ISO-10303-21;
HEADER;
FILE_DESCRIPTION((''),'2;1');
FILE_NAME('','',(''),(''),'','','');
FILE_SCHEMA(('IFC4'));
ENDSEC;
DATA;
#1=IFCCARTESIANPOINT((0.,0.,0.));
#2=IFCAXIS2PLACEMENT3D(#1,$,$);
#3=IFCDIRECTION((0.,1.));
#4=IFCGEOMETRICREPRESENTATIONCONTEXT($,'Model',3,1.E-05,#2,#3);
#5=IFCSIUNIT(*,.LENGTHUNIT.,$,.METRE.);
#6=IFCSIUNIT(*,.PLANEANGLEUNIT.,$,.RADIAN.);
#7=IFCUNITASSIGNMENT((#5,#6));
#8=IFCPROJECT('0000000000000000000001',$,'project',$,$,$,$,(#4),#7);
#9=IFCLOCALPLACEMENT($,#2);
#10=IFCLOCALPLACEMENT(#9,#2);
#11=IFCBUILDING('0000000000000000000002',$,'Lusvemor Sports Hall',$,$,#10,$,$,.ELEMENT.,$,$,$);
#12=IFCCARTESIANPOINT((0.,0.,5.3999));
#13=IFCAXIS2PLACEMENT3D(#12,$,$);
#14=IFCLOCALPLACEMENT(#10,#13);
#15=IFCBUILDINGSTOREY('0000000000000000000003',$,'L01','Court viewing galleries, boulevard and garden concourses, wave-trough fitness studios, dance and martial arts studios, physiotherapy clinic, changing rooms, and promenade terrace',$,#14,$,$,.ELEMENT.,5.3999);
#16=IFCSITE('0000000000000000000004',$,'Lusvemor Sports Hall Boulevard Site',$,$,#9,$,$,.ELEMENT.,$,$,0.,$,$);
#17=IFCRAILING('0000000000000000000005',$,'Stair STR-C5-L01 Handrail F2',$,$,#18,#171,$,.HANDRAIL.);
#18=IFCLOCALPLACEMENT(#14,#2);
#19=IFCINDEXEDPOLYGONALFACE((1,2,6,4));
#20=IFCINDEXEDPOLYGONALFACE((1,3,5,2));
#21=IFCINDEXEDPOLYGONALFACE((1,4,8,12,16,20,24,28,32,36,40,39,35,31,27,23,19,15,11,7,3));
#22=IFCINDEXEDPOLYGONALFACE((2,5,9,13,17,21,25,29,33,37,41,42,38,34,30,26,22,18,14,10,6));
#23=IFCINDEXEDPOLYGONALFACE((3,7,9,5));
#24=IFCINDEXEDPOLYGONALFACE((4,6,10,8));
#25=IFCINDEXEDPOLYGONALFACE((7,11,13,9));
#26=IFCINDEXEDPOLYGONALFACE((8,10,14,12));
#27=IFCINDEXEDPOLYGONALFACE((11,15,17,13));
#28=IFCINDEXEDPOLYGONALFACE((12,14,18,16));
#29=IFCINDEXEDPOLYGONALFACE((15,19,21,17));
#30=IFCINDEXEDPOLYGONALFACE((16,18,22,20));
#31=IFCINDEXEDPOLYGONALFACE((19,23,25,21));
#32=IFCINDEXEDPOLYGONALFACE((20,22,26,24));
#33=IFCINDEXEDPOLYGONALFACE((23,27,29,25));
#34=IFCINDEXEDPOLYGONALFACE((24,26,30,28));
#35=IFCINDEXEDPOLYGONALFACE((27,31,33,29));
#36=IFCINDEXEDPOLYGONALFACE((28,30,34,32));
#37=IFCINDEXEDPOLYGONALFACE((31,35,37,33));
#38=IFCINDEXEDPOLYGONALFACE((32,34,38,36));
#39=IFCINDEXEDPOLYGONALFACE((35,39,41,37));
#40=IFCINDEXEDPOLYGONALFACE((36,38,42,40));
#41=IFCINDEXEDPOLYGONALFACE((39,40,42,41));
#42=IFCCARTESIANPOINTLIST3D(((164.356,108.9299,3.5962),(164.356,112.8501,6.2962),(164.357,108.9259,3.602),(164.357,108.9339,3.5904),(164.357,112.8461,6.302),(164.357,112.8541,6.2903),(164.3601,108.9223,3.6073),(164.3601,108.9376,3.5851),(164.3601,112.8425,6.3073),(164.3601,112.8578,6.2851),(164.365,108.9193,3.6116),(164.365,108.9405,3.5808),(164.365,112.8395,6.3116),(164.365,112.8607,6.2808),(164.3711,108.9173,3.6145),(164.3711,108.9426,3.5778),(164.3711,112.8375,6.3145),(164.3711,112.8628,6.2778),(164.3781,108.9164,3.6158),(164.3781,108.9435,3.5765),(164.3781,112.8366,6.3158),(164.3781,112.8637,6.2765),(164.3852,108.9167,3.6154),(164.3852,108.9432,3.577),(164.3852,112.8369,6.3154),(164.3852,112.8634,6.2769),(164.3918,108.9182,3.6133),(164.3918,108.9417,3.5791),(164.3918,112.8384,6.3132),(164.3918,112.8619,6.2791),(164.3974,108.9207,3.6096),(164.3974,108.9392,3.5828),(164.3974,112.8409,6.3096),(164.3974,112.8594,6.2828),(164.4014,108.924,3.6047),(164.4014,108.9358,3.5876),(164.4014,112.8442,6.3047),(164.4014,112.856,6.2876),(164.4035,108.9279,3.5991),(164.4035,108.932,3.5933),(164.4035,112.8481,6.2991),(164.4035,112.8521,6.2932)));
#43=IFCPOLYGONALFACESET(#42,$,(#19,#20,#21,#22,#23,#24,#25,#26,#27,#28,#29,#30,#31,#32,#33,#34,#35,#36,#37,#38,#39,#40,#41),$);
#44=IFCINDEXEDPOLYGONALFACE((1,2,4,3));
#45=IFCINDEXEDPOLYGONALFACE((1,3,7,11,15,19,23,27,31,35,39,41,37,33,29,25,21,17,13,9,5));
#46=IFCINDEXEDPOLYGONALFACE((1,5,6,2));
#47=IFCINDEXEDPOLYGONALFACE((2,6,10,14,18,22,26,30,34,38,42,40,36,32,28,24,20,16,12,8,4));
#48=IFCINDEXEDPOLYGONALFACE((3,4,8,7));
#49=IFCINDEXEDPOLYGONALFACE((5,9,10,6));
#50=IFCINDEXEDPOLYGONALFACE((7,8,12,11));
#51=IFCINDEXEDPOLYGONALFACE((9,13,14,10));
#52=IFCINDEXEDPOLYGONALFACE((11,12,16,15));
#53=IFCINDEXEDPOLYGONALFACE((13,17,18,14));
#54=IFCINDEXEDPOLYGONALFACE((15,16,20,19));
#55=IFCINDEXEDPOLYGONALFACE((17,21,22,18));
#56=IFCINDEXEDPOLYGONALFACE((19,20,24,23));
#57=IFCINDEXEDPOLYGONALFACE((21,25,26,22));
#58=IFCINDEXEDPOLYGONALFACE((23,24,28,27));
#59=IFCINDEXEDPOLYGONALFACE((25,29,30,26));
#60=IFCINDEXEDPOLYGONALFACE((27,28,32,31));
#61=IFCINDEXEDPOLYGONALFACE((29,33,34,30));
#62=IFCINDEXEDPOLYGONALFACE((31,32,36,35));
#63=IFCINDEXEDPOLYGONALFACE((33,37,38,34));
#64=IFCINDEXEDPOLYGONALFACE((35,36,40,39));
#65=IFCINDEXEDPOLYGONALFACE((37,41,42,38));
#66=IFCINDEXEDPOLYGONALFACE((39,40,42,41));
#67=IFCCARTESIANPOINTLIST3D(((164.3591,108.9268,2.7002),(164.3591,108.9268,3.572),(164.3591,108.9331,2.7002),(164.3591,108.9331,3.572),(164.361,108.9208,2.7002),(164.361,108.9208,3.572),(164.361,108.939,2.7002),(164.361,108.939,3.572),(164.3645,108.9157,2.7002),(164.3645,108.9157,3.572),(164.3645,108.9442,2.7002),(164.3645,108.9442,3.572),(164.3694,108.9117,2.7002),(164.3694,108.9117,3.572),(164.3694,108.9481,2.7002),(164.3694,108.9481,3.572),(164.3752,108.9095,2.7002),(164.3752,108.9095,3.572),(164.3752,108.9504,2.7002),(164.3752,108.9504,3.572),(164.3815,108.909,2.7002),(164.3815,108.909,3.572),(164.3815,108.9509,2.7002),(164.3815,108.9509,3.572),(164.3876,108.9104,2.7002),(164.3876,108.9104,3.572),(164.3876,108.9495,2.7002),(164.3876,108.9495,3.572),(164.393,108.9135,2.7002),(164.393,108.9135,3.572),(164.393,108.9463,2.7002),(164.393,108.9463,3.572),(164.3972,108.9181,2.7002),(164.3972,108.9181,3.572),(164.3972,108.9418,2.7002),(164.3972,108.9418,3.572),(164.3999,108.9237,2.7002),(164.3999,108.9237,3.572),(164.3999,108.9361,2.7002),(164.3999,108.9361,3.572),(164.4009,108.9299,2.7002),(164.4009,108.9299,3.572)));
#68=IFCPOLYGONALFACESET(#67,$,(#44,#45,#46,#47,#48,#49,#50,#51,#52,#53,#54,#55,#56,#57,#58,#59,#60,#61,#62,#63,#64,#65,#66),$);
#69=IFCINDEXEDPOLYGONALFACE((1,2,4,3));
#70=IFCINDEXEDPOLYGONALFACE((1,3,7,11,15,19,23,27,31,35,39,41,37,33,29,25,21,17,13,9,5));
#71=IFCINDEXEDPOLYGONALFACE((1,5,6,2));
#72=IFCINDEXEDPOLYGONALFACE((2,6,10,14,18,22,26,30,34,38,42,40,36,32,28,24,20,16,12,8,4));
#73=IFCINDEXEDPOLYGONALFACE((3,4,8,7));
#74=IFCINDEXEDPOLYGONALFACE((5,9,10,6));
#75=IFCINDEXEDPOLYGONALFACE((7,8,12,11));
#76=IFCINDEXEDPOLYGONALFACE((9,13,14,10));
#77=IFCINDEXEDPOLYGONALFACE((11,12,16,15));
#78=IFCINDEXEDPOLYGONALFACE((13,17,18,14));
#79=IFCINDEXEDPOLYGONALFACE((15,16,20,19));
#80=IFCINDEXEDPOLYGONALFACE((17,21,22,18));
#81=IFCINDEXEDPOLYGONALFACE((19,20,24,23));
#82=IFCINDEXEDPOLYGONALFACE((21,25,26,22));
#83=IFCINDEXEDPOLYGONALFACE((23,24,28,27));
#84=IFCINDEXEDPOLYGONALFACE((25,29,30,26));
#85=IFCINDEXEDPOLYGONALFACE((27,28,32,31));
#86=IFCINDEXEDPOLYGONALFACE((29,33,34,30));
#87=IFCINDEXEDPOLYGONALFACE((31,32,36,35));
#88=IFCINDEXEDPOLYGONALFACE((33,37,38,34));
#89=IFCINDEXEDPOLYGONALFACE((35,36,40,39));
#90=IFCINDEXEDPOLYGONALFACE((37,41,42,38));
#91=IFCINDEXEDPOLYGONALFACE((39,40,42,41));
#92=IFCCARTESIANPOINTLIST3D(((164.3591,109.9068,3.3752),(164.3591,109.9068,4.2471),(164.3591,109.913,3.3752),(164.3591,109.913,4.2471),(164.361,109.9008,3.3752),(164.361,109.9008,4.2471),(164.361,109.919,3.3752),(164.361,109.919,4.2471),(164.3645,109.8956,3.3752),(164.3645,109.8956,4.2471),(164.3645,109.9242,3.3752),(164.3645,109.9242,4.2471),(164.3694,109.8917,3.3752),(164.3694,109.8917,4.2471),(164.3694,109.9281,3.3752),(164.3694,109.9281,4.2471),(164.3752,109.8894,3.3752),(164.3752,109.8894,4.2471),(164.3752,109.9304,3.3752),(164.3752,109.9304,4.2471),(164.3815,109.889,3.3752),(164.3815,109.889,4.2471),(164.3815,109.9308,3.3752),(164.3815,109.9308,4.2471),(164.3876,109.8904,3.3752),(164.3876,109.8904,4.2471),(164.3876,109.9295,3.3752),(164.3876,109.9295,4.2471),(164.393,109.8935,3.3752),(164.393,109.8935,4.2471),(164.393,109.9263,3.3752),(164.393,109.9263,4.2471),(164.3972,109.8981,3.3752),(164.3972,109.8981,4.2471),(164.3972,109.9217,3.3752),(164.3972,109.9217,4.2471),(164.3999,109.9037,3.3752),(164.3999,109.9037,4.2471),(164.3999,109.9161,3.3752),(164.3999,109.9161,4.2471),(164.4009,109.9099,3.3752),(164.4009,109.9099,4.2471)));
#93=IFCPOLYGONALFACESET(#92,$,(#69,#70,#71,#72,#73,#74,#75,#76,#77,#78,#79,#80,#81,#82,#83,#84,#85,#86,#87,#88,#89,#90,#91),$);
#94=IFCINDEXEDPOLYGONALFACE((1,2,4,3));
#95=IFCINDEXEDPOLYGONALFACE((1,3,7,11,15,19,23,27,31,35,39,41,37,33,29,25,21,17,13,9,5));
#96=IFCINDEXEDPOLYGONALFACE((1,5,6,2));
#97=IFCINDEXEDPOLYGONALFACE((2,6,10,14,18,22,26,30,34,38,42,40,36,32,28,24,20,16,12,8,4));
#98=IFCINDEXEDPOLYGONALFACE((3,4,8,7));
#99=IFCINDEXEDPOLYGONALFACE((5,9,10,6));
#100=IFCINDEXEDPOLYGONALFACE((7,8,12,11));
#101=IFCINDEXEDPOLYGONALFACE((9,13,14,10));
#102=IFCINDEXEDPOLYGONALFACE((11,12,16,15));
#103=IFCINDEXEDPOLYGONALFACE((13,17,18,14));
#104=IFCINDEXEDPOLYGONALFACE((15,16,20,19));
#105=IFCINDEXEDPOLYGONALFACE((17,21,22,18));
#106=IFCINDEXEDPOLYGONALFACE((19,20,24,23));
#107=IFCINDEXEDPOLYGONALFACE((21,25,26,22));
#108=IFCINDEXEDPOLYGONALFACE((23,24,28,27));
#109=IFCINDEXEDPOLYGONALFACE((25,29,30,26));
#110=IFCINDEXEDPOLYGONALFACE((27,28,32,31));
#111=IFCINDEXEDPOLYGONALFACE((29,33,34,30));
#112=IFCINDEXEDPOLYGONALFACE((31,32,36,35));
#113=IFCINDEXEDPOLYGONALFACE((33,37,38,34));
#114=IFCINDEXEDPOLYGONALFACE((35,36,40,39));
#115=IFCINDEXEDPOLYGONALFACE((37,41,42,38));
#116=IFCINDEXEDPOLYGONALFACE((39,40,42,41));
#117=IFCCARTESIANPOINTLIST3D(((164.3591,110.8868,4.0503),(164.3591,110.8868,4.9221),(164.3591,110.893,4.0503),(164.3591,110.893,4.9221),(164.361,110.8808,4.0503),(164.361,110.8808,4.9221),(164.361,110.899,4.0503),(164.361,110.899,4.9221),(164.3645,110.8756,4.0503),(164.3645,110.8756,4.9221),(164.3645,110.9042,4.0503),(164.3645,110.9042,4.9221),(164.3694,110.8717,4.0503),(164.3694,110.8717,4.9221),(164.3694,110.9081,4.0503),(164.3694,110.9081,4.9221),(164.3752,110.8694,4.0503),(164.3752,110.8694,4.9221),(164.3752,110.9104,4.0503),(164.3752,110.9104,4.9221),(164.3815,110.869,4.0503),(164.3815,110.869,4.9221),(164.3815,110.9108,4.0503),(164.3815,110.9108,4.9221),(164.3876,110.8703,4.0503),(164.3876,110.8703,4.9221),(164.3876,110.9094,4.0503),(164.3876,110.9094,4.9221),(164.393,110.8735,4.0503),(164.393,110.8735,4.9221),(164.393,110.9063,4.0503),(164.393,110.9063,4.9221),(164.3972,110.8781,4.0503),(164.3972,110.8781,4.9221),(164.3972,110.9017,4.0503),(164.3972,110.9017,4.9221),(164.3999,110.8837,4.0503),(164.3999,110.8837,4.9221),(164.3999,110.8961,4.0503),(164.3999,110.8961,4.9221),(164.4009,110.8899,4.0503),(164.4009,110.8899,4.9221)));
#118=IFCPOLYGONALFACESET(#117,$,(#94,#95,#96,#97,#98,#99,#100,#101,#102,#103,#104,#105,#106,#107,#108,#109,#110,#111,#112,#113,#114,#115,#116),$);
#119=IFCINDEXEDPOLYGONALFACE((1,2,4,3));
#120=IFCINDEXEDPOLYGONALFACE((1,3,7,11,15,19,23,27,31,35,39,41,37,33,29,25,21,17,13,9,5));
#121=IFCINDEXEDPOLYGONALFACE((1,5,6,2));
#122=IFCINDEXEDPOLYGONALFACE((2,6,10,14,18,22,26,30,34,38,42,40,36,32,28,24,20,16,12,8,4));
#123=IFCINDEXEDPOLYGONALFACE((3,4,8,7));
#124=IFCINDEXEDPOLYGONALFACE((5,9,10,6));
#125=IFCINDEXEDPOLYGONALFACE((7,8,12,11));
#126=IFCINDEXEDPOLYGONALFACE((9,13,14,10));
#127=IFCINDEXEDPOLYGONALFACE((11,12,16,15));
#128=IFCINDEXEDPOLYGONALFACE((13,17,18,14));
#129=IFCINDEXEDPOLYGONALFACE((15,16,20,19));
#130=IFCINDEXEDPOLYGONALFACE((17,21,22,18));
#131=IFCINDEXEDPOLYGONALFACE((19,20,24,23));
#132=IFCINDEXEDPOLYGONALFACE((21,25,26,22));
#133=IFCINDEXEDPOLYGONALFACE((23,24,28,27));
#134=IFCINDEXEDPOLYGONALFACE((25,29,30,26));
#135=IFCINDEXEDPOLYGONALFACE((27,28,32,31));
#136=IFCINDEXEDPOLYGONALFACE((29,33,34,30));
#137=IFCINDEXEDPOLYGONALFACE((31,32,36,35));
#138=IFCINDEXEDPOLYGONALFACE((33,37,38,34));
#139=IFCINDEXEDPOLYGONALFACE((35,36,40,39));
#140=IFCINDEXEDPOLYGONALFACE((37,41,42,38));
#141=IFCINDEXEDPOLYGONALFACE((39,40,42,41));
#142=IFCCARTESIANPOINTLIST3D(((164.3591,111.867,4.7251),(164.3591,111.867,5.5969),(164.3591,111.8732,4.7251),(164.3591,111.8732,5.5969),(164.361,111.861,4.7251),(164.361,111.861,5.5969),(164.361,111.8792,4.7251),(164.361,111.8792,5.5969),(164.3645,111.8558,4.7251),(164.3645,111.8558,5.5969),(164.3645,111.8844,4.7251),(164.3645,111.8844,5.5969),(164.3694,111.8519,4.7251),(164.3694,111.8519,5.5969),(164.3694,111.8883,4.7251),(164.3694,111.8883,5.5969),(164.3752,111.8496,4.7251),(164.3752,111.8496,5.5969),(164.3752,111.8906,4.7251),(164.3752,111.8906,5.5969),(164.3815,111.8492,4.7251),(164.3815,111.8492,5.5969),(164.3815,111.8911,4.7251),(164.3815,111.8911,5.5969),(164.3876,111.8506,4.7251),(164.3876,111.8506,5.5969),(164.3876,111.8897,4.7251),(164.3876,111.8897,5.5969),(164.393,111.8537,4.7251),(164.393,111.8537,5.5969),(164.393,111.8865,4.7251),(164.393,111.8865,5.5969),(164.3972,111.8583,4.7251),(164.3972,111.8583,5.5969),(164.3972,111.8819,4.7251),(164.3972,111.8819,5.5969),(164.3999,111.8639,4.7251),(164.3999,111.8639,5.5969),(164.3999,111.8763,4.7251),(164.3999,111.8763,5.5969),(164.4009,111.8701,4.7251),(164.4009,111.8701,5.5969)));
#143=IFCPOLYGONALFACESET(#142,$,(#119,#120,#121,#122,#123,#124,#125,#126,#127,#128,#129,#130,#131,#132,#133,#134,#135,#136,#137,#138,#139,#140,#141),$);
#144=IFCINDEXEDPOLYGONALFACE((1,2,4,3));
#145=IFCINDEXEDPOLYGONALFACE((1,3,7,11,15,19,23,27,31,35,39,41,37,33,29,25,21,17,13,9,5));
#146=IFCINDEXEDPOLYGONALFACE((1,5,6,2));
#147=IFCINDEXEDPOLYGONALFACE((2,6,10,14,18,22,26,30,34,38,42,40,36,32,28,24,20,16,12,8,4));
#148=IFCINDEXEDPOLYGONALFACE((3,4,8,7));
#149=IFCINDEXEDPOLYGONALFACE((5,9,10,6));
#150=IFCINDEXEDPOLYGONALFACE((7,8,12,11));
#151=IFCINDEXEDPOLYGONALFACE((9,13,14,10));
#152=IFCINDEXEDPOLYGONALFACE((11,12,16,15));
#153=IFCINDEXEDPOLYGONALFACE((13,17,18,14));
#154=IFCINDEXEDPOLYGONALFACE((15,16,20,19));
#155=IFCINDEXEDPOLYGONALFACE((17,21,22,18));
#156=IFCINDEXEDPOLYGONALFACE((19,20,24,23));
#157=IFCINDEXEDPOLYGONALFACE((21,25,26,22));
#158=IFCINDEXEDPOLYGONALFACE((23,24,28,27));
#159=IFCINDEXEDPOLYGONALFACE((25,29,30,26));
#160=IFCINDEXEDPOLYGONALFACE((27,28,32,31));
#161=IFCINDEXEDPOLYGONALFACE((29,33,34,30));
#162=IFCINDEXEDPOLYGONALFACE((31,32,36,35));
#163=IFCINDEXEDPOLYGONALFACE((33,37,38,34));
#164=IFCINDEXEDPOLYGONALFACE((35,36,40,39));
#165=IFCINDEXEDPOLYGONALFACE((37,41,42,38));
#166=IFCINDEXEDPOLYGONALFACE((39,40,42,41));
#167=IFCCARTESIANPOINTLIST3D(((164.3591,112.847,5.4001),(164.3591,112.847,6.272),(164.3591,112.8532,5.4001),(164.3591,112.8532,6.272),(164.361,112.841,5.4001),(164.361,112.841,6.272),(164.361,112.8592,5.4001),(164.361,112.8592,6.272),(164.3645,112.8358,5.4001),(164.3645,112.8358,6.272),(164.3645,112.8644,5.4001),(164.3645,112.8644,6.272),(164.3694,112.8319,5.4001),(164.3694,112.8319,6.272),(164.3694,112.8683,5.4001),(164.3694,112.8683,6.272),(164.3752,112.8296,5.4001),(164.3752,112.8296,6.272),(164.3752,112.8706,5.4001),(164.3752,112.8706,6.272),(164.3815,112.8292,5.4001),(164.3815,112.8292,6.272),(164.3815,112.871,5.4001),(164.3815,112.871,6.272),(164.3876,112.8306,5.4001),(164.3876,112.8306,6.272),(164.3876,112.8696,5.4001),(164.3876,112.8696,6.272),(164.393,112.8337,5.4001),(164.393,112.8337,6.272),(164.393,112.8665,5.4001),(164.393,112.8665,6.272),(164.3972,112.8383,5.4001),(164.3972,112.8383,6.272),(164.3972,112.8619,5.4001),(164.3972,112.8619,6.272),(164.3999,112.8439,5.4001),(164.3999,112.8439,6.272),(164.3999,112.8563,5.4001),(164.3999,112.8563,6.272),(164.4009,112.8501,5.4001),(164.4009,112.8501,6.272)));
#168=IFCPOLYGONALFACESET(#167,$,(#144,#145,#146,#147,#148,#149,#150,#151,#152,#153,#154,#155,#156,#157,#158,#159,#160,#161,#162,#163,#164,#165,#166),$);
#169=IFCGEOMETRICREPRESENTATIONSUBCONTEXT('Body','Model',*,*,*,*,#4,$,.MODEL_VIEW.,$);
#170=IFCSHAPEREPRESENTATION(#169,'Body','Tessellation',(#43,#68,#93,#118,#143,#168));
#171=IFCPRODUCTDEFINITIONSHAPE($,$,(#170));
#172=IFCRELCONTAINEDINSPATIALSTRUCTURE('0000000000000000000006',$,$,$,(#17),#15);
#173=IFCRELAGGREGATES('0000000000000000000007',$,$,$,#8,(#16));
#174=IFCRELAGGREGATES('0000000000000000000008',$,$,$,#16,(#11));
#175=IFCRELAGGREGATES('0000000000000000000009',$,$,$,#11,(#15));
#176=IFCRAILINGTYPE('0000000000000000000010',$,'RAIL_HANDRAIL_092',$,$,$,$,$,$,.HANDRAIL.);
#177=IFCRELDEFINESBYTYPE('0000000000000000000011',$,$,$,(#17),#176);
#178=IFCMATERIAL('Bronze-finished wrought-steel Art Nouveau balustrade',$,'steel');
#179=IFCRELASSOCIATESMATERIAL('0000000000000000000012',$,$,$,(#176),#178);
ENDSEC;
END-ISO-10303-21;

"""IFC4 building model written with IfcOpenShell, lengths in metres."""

from ifc_helpers import new_model, si_unit, direction, frame, origin, origin_2d, place, context, subcontext, project, spatial, circle, extrude, material, type_object, element, save


model = new_model("IFC4")

# Units and contexts
model_context = context("Model", 3, precision=1e-05, world=origin(), true_north=direction((0.0, 1.0)))
body_context = subcontext(model_context, "Body", "Model", "MODEL_VIEW")
ifc_project = project(units=[si_unit("LENGTHUNIT", "METRE"), si_unit("PLANEANGLEUNIT", "RADIAN")], contexts=[model_context])

# Site, building, storey
site_placement = place(None, origin())
site = spatial("IfcSite", under=ifc_project, at=site_placement, Name="Lusvemor Sports Hall Boulevard Site", CompositionType="ELEMENT", RefElevation=0.0)
building_placement = place(site_placement, origin())
building = spatial("IfcBuilding", under=site, at=building_placement, Name="Lusvemor Sports Hall", CompositionType="ELEMENT")
storey_placement = place(building_placement, frame((0.0, 0.0, 5.3999)))
storey = spatial("IfcBuildingStorey", under=building, at=storey_placement, Name="L01", Description="Court viewing galleries, boulevard and garden concourses, wave-trough fitness studios, dance and martial arts studios, physiotherapy clinic, changing rooms, and promenade terrace", CompositionType="ELEMENT", Elevation=5.3999)

# Railing
ifc_material_1 = material(Name="Bronze-finished wrought-steel Art Nouveau balustrade", Category="steel")
railing_type_1 = type_object("IfcRailingType", Name="RAIL_HANDRAIL_092", PredefinedType="HANDRAIL", material=ifc_material_1)
railing_1_placement = place(storey_placement, frame((164.3799, 108.9299, 2.7002)))
element("IfcRailing", 1, at=railing_1_placement, inside=storey, type_object=railing_type_1, Name="Stair STR-C5-L01 Handrail F2", PredefinedType="HANDRAIL", context=body_context, shape_type="SweptSolid", body=[
    extrude(circle(Radius=0.0239, at=origin_2d()), frame((0.0, 0.0, 0.896), z_axis=(0.0, 0.823567, 0.567219), x_axis=(-1.0, 0.0, 0.0)), (0.0, 0.0, 1.0), 4.76),
    extrude(circle(Radius=0.021, at=origin_2d()), origin(), (0.0, 0.0, 1.0), 0.8718),
    extrude(circle(Radius=0.021, at=origin_2d()), frame((0.0, 0.98, 0.675)), (0.0, 0.0, 1.0), 0.8718),
    extrude(circle(Radius=0.021, at=origin_2d()), frame((0.0, 1.96, 1.3501)), (0.0, 0.0, 1.0), 0.8718),
    extrude(circle(Radius=0.021, at=origin_2d()), frame((0.0, 2.9402, 2.0249)), (0.0, 0.0, 1.0), 0.8718),
    extrude(circle(Radius=0.021, at=origin_2d()), frame((0.0, 3.9202, 2.7)), (0.0, 0.0, 1.0), 0.8718),
])

save(model, "model.ifc")
